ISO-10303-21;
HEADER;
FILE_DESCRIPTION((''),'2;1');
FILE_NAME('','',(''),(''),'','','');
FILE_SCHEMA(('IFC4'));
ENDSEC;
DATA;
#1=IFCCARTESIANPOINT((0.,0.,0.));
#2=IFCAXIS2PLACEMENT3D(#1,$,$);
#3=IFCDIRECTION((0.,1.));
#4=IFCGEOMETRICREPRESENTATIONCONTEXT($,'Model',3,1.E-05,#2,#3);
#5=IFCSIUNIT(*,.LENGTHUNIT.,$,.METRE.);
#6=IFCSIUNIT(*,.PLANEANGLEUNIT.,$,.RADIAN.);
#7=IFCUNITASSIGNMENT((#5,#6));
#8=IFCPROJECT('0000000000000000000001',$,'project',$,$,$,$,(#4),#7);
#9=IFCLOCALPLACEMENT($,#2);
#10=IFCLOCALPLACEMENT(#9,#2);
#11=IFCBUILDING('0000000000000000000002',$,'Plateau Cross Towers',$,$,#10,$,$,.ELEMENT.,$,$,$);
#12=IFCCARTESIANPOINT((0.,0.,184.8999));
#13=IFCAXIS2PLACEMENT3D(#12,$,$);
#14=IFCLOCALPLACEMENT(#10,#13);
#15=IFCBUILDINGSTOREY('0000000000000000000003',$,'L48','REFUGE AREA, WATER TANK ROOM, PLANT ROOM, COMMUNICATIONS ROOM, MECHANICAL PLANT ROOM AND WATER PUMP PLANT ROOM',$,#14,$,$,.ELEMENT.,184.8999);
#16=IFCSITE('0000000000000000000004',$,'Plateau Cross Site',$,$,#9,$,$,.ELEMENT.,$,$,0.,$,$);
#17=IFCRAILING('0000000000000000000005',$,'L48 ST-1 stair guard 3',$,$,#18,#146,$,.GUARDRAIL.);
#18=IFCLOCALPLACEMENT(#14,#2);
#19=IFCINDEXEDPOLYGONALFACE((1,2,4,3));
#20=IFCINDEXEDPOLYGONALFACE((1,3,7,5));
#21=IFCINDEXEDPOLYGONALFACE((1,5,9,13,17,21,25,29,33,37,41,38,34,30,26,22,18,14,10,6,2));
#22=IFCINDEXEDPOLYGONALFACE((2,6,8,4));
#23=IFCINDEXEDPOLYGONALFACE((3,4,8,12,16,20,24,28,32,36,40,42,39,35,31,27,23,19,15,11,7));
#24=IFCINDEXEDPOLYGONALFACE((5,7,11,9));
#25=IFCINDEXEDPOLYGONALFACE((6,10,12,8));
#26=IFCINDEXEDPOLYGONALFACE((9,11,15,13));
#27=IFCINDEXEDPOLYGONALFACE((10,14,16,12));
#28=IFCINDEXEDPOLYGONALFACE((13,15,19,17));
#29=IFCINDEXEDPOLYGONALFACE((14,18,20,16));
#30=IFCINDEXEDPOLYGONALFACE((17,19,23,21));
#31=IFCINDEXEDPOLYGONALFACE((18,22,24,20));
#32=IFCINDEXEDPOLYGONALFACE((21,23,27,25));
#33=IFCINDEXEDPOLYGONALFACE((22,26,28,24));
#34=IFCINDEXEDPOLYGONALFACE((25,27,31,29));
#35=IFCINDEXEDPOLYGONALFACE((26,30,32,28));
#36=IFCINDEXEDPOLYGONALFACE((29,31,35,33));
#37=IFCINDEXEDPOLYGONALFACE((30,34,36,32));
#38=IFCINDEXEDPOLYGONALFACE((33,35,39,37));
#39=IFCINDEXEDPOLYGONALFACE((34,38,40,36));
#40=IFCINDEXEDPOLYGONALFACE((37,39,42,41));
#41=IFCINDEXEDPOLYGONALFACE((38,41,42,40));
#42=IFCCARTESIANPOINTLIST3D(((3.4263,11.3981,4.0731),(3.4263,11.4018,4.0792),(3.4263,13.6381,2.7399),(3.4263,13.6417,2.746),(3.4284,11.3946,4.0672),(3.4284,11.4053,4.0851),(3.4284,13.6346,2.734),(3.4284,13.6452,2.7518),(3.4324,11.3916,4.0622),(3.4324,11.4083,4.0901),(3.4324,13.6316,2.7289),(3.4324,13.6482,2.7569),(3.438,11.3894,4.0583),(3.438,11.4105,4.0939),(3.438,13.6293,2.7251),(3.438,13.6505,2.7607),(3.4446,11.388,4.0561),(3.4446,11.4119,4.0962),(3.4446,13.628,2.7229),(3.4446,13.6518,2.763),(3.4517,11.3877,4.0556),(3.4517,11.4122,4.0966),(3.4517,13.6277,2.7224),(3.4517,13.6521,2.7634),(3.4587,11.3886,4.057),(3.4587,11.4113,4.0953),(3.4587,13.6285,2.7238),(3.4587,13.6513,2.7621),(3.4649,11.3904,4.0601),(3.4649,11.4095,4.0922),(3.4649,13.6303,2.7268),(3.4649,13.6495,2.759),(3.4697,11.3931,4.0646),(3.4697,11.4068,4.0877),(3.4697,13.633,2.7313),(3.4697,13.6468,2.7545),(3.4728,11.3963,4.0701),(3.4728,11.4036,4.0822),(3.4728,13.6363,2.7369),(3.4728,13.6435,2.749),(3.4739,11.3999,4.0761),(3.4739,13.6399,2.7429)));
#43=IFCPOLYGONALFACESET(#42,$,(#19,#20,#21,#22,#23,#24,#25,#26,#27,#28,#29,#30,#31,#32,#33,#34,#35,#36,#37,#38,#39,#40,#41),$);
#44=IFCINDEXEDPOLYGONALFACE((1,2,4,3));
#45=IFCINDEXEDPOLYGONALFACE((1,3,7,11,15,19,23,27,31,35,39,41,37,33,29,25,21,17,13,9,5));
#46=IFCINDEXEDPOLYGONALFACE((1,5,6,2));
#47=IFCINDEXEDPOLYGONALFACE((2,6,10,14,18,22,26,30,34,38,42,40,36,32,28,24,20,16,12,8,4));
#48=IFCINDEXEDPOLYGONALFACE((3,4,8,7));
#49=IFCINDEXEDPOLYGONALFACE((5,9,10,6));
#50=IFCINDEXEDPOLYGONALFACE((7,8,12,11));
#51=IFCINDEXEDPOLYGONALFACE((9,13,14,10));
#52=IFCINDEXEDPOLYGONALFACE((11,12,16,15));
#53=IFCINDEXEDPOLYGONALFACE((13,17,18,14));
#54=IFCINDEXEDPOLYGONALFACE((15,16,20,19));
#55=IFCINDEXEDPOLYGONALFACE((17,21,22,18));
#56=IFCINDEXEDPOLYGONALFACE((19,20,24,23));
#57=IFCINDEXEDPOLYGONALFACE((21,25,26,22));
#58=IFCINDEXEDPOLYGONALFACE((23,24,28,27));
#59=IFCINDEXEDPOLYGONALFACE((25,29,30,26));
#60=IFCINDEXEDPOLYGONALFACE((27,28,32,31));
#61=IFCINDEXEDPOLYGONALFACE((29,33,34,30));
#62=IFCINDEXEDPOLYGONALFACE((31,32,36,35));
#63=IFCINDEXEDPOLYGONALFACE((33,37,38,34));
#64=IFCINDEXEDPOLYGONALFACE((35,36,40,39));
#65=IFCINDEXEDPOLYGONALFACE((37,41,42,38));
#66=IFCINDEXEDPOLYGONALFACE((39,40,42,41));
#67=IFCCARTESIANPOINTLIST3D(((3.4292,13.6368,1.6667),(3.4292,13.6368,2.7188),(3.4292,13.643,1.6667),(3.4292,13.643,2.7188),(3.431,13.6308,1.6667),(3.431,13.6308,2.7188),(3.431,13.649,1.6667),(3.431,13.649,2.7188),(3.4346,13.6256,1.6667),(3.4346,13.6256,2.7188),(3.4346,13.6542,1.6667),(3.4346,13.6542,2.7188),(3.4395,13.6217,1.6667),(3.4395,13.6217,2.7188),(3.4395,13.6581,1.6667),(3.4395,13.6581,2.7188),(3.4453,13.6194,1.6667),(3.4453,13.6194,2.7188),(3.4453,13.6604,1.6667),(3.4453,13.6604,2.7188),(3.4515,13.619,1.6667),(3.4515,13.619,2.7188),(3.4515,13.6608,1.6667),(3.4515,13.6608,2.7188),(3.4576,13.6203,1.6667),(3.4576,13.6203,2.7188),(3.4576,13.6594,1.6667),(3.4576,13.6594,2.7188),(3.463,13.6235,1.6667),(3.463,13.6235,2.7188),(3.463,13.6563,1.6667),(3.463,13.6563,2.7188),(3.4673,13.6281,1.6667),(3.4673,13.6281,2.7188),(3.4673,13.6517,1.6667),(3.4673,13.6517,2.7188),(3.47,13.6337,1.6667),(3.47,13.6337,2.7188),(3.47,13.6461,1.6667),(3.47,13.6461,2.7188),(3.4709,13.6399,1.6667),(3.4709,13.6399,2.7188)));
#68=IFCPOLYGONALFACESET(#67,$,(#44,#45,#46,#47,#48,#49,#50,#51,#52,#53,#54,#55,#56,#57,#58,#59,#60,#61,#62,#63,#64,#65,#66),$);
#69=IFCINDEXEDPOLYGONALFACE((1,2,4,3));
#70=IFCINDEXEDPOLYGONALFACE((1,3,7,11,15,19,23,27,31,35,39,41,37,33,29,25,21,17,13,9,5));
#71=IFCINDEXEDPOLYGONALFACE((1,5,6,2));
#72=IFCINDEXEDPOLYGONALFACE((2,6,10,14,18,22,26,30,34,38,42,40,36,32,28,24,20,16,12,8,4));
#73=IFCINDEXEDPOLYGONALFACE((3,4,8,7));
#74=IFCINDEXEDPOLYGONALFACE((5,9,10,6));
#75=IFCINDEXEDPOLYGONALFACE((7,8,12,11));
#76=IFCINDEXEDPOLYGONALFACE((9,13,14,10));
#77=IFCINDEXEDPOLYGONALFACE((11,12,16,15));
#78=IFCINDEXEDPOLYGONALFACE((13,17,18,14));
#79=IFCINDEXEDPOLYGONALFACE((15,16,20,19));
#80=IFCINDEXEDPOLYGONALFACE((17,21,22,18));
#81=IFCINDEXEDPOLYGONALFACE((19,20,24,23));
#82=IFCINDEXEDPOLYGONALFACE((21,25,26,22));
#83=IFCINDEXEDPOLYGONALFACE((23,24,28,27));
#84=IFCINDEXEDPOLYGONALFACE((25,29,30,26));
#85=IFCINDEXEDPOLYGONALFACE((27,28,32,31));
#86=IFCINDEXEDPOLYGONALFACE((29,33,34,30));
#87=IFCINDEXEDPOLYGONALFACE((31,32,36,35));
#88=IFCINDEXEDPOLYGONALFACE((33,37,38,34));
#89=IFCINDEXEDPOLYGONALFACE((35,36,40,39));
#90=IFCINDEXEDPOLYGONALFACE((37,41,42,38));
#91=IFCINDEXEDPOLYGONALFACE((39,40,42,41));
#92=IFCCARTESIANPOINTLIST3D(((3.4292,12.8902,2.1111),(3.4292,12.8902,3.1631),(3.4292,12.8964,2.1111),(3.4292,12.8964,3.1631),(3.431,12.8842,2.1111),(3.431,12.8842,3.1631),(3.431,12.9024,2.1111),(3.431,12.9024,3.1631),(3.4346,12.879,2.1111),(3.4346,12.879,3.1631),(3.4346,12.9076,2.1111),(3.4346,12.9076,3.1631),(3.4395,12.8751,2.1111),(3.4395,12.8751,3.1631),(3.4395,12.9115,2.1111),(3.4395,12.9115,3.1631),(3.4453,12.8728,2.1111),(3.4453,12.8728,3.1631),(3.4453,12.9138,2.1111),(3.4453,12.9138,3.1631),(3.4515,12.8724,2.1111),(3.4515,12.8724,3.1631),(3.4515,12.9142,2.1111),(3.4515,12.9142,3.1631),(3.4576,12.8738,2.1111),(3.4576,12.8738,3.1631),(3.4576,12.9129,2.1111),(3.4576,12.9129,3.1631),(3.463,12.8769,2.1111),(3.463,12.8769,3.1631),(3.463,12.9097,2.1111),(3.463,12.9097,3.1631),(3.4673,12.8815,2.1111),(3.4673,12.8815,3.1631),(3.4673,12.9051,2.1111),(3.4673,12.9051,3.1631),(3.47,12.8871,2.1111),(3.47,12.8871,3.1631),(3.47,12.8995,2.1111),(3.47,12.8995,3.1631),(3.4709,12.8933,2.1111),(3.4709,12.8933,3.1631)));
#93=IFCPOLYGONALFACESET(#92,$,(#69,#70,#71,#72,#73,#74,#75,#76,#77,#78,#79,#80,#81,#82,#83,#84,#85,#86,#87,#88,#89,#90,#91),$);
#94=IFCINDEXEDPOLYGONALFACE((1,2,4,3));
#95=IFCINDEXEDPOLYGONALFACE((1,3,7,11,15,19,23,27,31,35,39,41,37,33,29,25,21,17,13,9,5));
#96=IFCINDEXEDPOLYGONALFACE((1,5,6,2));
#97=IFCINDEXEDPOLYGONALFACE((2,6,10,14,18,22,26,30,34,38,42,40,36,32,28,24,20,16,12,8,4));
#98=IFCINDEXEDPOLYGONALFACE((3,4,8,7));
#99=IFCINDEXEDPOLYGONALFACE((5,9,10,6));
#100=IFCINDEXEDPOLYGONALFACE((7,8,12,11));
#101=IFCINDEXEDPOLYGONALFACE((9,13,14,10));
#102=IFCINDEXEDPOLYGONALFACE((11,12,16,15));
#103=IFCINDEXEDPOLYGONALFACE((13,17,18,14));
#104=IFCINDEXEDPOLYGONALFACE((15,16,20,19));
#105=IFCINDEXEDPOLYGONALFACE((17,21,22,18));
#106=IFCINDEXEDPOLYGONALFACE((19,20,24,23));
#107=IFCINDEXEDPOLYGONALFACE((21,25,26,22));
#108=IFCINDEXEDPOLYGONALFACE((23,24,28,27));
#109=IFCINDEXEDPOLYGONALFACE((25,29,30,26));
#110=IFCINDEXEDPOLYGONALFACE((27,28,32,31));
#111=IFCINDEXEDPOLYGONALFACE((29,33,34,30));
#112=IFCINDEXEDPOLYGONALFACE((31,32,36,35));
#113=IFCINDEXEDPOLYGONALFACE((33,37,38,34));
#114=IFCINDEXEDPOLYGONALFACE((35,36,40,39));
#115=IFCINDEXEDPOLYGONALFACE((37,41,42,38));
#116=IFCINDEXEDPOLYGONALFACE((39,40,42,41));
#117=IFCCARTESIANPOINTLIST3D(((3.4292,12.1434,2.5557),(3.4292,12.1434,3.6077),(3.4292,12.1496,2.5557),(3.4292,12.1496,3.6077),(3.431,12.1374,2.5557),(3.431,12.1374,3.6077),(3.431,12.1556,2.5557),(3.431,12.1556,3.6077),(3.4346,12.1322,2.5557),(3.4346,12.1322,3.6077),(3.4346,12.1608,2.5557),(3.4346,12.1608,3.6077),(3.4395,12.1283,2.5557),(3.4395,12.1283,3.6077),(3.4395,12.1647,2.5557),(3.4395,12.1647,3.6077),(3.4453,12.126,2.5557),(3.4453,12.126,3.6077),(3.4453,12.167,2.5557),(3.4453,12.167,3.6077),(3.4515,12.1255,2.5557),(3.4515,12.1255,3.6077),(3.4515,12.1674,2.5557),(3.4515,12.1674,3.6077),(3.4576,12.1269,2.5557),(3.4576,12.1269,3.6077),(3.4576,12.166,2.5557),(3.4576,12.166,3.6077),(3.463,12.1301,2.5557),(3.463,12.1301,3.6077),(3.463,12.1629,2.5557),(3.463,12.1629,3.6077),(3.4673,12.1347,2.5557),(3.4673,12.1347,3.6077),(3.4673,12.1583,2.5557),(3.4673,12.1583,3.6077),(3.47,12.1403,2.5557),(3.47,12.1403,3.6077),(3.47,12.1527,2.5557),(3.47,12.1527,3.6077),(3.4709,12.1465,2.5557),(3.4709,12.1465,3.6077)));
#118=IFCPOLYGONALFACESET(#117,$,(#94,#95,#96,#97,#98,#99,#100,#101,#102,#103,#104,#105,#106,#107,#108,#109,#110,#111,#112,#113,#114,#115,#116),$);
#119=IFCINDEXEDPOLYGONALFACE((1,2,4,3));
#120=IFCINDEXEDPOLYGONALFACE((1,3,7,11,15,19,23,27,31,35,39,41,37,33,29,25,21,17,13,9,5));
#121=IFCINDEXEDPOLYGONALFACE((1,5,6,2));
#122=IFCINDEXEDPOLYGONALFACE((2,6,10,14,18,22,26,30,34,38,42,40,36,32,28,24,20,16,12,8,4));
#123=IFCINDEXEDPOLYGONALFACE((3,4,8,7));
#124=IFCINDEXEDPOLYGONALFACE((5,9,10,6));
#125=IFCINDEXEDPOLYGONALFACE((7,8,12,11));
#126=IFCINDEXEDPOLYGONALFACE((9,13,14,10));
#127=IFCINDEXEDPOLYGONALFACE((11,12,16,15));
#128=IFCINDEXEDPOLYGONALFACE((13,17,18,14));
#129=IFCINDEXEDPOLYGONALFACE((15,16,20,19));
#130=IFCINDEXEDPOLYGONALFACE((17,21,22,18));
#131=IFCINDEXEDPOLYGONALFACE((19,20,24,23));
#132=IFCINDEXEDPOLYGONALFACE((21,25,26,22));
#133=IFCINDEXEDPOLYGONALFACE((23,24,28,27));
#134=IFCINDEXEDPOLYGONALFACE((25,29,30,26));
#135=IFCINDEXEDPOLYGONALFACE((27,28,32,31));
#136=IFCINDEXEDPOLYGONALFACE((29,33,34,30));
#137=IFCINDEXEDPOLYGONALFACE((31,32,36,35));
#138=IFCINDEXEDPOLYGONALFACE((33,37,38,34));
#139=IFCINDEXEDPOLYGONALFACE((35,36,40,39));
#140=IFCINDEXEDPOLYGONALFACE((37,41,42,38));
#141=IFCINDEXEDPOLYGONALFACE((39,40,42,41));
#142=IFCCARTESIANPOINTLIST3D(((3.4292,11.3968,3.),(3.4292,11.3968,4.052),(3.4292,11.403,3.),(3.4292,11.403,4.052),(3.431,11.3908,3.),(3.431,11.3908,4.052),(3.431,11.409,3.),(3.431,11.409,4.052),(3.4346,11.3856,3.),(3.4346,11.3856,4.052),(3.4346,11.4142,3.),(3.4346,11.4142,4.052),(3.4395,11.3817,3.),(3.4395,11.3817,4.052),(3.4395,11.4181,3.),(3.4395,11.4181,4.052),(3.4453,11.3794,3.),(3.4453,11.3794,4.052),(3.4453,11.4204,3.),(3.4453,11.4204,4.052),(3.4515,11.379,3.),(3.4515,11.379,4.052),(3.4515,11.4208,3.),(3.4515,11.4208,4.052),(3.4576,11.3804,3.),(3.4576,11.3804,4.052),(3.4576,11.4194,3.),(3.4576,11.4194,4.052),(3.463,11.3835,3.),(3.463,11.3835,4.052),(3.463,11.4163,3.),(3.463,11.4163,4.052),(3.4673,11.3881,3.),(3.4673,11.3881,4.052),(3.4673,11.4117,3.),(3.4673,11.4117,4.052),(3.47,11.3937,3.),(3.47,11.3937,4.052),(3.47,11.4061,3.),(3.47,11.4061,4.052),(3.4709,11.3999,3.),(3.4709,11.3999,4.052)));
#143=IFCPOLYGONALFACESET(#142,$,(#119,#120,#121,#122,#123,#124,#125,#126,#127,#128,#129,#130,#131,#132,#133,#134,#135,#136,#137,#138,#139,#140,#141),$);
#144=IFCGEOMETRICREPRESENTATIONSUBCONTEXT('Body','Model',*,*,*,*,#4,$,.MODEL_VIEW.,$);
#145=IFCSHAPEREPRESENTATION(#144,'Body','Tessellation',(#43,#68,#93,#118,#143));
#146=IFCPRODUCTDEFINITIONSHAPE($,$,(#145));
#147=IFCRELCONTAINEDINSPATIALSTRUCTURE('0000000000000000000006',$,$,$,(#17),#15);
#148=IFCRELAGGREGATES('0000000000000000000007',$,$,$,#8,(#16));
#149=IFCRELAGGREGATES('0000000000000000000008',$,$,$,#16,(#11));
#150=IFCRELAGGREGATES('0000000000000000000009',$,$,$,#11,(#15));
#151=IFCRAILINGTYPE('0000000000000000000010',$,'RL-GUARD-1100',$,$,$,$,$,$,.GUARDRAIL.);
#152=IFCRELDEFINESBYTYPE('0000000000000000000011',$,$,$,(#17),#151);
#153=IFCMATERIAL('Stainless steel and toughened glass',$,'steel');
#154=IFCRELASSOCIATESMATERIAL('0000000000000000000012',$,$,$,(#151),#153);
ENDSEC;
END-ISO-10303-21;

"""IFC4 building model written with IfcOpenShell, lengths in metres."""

from ifc_helpers import new_model, si_unit, direction, frame, origin, origin_2d, place, context, subcontext, project, spatial, circle, extrude, material, type_object, element, save


model = new_model("IFC4")

# Units and contexts
model_context = context("Model", 3, precision=1e-05, world=origin(), true_north=direction((0.0, 1.0)))
body_context = subcontext(model_context, "Body", "Model", "MODEL_VIEW")
ifc_project = project(units=[si_unit("LENGTHUNIT", "METRE"), si_unit("PLANEANGLEUNIT", "RADIAN")], contexts=[model_context])

# Site, building, storey
site_placement = place(None, origin())
site = spatial("IfcSite", under=ifc_project, at=site_placement, Name="Plateau Cross Site", CompositionType="ELEMENT", RefElevation=0.0)
building_placement = place(site_placement, origin())
building = spatial("IfcBuilding", under=site, at=building_placement, Name="Plateau Cross Towers", CompositionType="ELEMENT")
storey_placement = place(building_placement, frame((0.0, 0.0, 184.8999)))
storey = spatial("IfcBuildingStorey", under=building, at=storey_placement, Name="L48", Description="REFUGE AREA, WATER TANK ROOM, PLANT ROOM, COMMUNICATIONS ROOM, MECHANICAL PLANT ROOM AND WATER PUMP PLANT ROOM", CompositionType="ELEMENT", Elevation=184.8999)

# Railing
ifc_material_1 = material(Name="Stainless steel and toughened glass", Category="steel")
railing_type_1 = type_object("IfcRailingType", Name="RL-GUARD-1100", PredefinedType="GUARDRAIL", material=ifc_material_1)
railing_1_placement = place(storey_placement, frame((3.45, 13.6399, 1.6667)))
element("IfcRailing", 1, at=railing_1_placement, inside=storey, type_object=railing_type_1, Name="L48 ST-1 stair guard 3", PredefinedType="GUARDRAIL", context=body_context, shape_type="SweptSolid", body=[
    extrude(circle(Radius=0.0239, at=origin_2d()), frame((0.0, 0.0, 1.0762), z_axis=(0.0, -0.859306, 0.511462), x_axis=(1.0, 0.0, 0.0)), (0.0, 0.0, 1.0), 2.6067),
    extrude(circle(Radius=0.021, at=origin_2d()), origin(), (0.0, 0.0, 1.0), 1.052),
    extrude(circle(Radius=0.021, at=origin_2d()), frame((0.0, -0.7466, 0.4443)), (0.0, 0.0, 1.0), 1.052),
    extrude(circle(Radius=0.021, at=origin_2d()), frame((0.0, -1.4934, 0.8889)), (0.0, 0.0, 1.0), 1.052),
    extrude(circle(Radius=0.021, at=origin_2d()), frame((0.0, -2.24, 1.3333)), (0.0, 0.0, 1.0), 1.052),
])

save(model, "model.ifc")
